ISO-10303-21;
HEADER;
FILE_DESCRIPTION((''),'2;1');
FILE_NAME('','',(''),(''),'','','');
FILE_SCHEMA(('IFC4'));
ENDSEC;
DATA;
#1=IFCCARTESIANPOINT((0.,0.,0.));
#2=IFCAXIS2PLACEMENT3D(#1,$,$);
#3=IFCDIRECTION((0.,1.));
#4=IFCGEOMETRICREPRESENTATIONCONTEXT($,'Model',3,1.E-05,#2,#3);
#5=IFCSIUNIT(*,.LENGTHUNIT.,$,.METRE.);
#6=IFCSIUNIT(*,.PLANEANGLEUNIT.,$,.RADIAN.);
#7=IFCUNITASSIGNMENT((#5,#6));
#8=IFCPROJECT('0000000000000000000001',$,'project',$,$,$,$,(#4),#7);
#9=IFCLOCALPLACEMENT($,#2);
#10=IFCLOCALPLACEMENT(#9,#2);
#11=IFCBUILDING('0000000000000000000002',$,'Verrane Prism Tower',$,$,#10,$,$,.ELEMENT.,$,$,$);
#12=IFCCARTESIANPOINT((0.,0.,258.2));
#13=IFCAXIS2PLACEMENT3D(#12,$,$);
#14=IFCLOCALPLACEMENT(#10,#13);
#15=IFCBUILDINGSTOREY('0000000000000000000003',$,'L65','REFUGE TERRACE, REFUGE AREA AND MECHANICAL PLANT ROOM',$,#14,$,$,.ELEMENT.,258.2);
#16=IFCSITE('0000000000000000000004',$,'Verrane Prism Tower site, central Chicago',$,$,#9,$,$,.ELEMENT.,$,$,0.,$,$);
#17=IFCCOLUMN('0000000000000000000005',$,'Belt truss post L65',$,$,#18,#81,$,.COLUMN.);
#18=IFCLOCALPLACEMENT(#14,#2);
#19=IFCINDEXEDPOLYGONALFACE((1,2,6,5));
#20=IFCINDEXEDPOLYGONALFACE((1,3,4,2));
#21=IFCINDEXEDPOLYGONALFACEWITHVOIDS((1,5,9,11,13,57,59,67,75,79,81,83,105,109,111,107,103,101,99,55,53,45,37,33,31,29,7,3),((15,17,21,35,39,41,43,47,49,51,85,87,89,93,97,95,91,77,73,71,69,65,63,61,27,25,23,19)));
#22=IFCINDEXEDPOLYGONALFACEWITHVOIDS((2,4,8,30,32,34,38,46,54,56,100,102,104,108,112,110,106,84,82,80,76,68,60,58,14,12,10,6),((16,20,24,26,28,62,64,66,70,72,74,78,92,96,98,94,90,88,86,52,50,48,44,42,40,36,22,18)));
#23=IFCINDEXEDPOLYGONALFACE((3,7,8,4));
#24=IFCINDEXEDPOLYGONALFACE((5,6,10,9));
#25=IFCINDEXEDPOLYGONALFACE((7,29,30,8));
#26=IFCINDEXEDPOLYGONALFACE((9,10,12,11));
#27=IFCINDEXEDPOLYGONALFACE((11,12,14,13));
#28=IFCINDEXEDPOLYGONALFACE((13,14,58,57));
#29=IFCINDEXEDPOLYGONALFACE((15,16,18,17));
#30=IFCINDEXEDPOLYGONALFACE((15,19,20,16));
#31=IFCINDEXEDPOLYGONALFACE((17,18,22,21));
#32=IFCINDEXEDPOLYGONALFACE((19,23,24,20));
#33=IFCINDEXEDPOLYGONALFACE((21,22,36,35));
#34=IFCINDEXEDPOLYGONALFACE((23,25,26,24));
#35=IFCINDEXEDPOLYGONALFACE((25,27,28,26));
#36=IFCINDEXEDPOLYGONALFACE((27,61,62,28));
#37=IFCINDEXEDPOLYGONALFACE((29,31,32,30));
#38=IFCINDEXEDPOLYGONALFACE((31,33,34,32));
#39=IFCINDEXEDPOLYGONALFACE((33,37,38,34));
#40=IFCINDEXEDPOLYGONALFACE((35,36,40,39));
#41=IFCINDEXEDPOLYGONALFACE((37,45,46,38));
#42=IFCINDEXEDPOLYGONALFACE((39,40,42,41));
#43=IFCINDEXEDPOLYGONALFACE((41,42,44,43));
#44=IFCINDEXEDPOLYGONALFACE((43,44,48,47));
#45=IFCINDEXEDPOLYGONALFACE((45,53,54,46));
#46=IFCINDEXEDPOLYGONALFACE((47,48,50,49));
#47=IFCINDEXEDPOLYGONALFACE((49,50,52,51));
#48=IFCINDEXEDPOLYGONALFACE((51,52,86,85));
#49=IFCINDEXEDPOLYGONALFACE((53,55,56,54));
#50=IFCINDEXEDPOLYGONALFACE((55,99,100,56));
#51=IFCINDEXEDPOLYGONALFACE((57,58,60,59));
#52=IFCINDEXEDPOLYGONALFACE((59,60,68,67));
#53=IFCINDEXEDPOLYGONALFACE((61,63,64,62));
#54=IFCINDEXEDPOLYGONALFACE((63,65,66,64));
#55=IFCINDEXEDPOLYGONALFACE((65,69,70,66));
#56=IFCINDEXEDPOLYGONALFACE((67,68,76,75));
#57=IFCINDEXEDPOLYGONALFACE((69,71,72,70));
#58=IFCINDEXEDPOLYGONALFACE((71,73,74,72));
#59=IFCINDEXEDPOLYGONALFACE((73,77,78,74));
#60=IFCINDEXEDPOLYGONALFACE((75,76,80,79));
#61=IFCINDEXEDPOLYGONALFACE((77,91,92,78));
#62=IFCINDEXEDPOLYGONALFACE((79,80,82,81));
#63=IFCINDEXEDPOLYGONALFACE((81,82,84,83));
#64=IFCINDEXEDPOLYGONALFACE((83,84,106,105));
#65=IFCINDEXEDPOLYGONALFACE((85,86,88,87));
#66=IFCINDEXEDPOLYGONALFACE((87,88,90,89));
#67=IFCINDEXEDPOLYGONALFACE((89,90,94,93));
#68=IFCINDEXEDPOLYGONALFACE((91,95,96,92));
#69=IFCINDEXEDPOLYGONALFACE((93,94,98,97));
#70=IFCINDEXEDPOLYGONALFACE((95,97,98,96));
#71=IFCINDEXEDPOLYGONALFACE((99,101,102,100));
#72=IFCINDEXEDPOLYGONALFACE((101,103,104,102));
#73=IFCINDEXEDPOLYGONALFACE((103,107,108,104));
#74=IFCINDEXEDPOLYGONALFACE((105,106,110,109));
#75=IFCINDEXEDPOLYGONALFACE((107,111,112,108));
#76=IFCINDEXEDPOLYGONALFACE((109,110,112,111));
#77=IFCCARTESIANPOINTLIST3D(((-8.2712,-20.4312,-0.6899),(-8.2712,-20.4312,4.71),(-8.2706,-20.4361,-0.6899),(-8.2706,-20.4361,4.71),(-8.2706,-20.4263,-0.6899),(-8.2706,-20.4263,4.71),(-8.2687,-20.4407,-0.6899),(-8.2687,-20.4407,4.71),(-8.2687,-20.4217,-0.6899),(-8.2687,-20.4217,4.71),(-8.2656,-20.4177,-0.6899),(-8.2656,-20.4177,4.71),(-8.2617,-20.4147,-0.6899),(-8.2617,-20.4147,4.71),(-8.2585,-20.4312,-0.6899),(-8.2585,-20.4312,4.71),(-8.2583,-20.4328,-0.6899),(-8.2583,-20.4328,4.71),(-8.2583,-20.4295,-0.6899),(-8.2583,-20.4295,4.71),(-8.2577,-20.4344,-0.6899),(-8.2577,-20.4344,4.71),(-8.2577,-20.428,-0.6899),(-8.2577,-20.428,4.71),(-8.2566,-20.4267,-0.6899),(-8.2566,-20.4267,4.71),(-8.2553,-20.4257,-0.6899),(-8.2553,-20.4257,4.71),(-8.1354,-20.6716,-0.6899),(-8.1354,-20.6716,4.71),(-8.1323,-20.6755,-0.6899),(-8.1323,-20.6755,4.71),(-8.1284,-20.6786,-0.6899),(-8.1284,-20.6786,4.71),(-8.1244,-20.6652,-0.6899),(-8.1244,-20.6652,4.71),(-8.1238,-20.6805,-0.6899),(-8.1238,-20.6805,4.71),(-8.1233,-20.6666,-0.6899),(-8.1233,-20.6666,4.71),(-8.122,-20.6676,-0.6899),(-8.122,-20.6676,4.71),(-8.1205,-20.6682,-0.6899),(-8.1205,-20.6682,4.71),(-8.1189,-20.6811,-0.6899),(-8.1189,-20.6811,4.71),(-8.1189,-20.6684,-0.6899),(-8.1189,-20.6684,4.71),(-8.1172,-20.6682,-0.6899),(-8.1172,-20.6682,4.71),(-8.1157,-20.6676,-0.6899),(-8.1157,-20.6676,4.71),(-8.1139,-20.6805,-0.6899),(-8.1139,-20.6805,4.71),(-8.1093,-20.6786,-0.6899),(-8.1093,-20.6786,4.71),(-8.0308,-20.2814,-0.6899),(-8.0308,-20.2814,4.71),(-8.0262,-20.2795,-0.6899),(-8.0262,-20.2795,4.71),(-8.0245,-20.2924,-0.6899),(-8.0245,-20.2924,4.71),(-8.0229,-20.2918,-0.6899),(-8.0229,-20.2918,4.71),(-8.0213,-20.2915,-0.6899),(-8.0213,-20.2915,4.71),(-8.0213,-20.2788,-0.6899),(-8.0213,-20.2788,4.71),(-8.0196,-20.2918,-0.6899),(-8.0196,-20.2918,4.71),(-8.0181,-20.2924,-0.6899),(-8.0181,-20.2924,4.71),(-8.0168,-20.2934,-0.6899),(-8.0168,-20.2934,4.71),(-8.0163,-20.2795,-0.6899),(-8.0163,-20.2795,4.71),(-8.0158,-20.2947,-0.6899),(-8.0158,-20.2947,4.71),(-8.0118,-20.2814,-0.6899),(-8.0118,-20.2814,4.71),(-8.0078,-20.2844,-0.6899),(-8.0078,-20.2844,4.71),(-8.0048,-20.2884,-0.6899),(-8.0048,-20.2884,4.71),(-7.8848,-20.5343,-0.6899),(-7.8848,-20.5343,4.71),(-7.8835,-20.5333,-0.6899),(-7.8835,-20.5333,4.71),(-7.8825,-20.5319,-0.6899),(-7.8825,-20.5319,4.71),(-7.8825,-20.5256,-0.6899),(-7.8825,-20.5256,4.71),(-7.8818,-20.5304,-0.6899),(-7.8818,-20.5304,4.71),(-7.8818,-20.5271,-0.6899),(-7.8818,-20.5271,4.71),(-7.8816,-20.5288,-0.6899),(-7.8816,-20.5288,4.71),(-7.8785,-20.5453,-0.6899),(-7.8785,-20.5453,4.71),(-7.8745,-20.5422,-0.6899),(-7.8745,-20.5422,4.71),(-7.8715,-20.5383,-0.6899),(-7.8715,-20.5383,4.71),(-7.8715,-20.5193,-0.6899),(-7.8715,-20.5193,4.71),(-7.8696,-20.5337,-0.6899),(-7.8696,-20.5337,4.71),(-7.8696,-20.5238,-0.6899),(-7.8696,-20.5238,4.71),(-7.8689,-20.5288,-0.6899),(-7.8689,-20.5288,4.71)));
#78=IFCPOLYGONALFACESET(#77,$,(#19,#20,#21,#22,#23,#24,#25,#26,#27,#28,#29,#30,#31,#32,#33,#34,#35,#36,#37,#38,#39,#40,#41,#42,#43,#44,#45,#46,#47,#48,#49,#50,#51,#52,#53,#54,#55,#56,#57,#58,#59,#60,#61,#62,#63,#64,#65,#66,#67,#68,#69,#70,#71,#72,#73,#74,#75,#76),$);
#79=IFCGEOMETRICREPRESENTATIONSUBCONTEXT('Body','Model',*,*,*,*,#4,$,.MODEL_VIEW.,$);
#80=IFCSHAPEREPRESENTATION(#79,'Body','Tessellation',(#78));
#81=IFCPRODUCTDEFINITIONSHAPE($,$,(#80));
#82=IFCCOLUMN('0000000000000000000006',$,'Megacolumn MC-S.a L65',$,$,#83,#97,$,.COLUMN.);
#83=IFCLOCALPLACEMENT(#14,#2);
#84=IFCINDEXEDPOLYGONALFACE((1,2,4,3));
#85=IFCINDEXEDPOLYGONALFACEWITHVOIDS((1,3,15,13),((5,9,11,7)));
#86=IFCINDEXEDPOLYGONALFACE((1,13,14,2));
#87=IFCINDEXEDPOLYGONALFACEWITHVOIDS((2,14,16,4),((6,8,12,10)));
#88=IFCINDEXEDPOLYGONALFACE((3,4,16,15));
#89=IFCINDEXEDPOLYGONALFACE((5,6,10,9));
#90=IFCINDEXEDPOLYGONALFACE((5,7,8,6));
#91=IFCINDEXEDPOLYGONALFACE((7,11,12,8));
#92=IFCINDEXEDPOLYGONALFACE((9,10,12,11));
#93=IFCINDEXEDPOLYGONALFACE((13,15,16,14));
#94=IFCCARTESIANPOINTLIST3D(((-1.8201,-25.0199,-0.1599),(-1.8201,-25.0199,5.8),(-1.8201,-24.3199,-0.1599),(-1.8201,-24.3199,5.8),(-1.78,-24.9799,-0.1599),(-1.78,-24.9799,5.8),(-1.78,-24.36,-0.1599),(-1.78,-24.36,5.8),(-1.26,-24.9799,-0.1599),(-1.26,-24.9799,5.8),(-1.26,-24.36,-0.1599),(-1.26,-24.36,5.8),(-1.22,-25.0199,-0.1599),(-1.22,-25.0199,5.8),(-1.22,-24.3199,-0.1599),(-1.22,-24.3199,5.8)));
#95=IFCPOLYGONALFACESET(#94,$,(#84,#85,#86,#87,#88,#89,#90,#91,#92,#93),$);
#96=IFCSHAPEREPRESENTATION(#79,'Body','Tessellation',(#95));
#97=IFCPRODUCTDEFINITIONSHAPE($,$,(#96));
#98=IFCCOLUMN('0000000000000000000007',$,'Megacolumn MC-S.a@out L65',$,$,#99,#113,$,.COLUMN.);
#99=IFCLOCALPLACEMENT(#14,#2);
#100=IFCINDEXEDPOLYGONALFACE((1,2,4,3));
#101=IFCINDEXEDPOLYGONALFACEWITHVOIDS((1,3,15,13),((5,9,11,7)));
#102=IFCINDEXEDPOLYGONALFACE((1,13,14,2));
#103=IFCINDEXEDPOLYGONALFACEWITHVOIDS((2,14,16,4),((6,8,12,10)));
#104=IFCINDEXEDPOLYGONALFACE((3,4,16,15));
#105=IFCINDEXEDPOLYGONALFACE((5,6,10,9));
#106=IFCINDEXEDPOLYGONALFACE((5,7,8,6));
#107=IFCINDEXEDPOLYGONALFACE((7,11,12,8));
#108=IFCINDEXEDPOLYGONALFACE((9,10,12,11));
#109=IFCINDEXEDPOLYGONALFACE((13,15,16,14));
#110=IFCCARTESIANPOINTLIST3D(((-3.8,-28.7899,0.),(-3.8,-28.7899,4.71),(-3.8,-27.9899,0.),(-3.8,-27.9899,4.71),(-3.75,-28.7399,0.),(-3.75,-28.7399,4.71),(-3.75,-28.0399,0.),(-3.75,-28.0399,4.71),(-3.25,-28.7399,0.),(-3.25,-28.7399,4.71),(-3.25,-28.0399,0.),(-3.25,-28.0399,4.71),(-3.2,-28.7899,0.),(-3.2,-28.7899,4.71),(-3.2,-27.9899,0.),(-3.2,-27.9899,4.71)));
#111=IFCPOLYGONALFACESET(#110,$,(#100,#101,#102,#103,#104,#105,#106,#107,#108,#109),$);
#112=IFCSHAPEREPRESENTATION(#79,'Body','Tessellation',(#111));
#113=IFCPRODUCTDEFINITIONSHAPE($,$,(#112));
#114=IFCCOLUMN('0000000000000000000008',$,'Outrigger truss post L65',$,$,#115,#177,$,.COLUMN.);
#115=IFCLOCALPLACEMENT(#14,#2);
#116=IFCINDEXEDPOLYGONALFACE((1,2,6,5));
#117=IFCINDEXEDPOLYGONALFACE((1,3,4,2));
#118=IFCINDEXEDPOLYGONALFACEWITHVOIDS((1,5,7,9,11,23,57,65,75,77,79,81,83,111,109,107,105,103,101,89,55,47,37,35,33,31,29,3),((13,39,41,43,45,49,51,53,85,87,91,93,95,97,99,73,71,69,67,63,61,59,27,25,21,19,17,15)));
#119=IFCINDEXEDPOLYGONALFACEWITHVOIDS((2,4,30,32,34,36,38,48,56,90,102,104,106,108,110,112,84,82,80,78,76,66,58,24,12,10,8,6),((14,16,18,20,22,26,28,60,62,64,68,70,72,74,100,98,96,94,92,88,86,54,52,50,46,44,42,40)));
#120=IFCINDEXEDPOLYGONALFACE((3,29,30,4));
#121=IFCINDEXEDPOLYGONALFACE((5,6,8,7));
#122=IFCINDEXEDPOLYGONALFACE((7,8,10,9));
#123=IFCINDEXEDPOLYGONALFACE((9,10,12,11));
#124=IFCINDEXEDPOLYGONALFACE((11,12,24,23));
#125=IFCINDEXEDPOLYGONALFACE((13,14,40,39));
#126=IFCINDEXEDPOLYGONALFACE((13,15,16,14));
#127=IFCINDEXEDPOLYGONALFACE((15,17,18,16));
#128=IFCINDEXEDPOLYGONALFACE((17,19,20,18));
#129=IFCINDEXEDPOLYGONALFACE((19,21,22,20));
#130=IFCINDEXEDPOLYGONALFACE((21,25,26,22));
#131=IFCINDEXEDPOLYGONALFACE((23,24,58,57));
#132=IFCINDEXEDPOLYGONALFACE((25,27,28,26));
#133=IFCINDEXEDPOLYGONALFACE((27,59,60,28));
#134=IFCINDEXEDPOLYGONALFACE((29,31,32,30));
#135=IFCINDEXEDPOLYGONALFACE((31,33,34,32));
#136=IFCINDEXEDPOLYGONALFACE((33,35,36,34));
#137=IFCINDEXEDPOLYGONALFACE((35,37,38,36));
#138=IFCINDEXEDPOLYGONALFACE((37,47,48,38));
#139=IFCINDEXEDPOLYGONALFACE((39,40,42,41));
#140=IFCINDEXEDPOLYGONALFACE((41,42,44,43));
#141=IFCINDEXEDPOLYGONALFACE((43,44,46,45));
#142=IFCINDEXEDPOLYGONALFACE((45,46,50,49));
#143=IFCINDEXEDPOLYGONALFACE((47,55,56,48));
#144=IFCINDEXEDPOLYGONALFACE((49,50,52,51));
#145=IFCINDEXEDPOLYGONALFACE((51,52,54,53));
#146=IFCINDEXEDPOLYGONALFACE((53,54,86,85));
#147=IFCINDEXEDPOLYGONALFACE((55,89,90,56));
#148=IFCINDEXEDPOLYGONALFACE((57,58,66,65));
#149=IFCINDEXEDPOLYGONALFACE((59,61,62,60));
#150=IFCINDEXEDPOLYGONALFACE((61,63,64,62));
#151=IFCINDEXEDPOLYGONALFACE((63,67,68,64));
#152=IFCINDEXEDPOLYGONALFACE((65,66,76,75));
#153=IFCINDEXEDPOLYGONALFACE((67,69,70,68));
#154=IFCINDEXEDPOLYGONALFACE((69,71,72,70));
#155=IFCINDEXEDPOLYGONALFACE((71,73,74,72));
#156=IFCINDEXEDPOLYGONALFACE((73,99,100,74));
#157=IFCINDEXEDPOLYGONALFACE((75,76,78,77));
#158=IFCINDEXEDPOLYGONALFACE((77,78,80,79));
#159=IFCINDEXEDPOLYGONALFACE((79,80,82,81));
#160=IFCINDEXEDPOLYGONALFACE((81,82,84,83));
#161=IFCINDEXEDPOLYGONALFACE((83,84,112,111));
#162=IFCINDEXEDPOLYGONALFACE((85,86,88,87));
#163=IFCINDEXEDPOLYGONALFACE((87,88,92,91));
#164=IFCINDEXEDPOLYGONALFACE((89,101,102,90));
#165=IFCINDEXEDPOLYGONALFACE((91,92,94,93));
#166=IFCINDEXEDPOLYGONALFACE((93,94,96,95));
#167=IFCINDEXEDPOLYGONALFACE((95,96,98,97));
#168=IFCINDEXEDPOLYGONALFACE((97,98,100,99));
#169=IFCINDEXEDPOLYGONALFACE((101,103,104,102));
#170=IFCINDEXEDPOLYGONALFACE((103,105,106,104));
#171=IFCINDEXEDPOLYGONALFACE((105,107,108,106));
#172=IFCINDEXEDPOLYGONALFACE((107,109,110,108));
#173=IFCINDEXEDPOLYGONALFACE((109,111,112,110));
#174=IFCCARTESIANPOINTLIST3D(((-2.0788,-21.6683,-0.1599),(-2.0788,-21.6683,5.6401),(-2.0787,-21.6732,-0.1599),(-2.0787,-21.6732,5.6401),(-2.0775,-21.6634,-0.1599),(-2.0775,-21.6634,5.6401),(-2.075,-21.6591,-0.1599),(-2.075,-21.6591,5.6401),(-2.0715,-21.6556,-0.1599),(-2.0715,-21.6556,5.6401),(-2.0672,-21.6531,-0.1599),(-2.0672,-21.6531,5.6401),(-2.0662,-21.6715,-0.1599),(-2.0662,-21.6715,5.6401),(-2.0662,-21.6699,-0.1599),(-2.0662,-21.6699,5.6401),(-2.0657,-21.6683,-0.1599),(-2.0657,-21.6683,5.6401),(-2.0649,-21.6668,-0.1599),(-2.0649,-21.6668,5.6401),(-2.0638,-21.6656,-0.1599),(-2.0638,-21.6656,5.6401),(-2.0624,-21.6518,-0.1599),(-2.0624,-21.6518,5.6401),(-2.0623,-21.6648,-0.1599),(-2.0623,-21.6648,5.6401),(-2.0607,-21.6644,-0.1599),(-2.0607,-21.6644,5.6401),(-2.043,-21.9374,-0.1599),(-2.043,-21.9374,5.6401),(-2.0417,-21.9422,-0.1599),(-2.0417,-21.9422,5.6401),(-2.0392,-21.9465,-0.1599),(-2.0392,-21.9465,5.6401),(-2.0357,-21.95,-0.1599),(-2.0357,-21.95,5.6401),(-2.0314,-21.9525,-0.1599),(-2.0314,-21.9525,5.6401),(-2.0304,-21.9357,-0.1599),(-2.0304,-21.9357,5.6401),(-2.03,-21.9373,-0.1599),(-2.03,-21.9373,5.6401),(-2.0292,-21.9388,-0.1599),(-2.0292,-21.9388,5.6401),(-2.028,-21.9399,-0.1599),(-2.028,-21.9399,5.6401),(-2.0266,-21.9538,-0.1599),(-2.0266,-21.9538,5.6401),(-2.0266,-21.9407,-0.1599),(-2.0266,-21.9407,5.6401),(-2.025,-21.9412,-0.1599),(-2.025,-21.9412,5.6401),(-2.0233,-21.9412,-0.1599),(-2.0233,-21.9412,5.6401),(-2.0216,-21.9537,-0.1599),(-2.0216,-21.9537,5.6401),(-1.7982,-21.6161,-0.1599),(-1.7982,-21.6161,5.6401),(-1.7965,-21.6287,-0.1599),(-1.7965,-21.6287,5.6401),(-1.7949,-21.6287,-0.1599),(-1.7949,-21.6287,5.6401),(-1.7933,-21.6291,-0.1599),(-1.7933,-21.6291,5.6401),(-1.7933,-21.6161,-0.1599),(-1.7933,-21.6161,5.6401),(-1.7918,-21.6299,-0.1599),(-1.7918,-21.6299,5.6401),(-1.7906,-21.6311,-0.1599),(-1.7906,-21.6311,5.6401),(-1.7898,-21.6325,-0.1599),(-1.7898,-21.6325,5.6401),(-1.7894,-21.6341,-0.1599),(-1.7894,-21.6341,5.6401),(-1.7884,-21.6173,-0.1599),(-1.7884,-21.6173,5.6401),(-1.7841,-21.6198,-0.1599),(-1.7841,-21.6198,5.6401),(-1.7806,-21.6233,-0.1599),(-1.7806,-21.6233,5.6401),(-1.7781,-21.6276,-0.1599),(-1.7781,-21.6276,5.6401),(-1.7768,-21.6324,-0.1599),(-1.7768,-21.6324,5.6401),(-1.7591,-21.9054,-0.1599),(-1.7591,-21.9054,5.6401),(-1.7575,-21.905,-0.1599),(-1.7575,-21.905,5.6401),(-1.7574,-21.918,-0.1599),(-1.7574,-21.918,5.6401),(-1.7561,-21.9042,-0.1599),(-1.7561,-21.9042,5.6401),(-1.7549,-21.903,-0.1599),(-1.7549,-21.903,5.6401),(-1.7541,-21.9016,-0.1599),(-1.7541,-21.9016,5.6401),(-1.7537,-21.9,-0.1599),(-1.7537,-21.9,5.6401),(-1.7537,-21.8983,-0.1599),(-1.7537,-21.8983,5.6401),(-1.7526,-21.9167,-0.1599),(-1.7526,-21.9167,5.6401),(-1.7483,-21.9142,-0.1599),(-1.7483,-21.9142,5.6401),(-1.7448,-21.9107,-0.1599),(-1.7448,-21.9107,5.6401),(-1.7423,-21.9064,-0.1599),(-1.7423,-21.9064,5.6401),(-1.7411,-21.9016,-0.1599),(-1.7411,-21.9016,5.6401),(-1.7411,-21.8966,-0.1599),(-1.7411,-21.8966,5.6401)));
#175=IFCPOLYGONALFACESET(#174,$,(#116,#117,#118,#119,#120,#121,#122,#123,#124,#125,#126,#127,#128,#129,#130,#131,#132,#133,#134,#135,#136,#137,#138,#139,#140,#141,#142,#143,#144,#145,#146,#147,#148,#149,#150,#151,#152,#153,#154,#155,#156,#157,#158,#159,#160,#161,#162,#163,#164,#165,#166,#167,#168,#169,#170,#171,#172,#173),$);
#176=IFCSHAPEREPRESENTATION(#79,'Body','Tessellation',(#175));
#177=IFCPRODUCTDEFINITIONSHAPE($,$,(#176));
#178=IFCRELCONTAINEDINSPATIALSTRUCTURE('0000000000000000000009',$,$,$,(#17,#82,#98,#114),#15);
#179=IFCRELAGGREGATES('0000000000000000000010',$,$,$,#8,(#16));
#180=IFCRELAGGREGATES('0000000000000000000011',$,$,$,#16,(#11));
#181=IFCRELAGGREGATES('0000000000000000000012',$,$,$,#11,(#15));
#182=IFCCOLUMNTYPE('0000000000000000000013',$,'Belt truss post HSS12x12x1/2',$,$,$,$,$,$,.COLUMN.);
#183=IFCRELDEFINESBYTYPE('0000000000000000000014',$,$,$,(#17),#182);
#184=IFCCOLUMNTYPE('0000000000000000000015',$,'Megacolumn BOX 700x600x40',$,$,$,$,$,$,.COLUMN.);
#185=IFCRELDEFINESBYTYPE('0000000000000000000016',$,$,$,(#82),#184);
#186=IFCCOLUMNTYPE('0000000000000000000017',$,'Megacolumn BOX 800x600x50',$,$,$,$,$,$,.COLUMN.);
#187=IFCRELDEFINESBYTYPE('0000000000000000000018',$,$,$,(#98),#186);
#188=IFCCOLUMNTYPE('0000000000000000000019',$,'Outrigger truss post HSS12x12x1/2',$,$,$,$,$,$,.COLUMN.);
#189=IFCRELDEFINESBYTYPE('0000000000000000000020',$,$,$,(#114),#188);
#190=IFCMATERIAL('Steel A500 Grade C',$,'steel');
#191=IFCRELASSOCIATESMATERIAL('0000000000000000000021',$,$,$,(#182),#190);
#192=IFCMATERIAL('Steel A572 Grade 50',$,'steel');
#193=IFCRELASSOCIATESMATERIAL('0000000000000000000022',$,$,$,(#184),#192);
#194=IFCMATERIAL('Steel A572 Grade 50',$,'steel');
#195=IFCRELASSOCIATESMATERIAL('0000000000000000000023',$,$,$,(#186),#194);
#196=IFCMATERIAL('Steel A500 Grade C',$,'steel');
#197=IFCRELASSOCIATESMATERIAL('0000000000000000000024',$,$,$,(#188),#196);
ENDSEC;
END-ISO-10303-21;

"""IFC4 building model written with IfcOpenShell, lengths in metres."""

from ifc_helpers import new_model, si_unit, direction, frame, origin, origin_2d, place, context, subcontext, project, spatial, hollow_rectangle, extrude, material, material_profile, profile_set, type_object, element, save


model = new_model("IFC4")

# Units and contexts
model_context = context("Model", 3, precision=1e-05, world=origin(), true_north=direction((0.0, 1.0)))
body_context = subcontext(model_context, "Body", "Model", "MODEL_VIEW")
ifc_project = project(units=[si_unit("LENGTHUNIT", "METRE"), si_unit("PLANEANGLEUNIT", "RADIAN")], contexts=[model_context])

# Site, building, storey
site_placement = place(None, origin())
site = spatial("IfcSite", under=ifc_project, at=site_placement, Name="Verrane Prism Tower site, central Chicago", CompositionType="ELEMENT", RefElevation=0.0)
building_placement = place(site_placement, origin())
building = spatial("IfcBuilding", under=site, at=building_placement, Name="Verrane Prism Tower", CompositionType="ELEMENT")
storey_placement = place(building_placement, frame((0.0, 0.0, 258.2)))
storey = spatial("IfcBuildingStorey", under=building, at=storey_placement, Name="L65", Description="REFUGE TERRACE, REFUGE AREA AND MECHANICAL PLANT ROOM", CompositionType="ELEMENT", Elevation=258.2)

# Columns
ifc_material_1 = material(Name="Steel A500 Grade C", Category="steel")
ifc_material_profile_1 = material_profile(ifc_material_1, hollow_rectangle(XDim=0.3047, YDim=0.3047, WallThickness=0.0127, InnerFilletRadius=0.0063, OuterFilletRadius=0.019, at=origin_2d()), Name="HSS12x12x1/2")
ifc_profile_set_1 = profile_set([ifc_material_profile_1], Name="Steel A500 Grade C")
column_type_1 = type_object("IfcColumnType", Name="Belt truss post HSS12x12x1/2", PredefinedType="COLUMN", material=ifc_profile_set_1)
column_1_placement = place(storey_placement, frame((-8.0701, -20.48, -0.6899), z_axis=(0.0, 0.0, 1.0), x_axis=(-0.5, 0.866025, 0.0)))
element("IfcColumn", 1, at=column_1_placement, inside=storey, type_object=column_type_1, Name="Belt truss post L65", PredefinedType="COLUMN", context=body_context, shape_type="SweptSolid", body=[
    extrude(hollow_rectangle(XDim=0.3047, YDim=0.3047, WallThickness=0.0127, InnerFilletRadius=0.0063, OuterFilletRadius=0.019, at=origin_2d()), origin(), (0.0, 0.0, 1.0), 5.3999),
])
ifc_material_2 = material(Name="Steel A572 Grade 50", Category="steel")
ifc_material_profile_2 = material_profile(ifc_material_2, hollow_rectangle(XDim=0.6001, YDim=0.7, WallThickness=0.04, at=origin_2d()), Name="BOX 700x600x40")
ifc_profile_set_2 = profile_set([ifc_material_profile_2], Name="Steel A572 Grade 50")
column_type_2 = type_object("IfcColumnType", Name="Megacolumn BOX 700x600x40", PredefinedType="COLUMN", material=ifc_profile_set_2)
column_2_placement = place(storey_placement, frame((-1.52, -24.6699, -0.1599), z_axis=(0.0, 0.0, 1.0), x_axis=(-1.0, 0.0, 0.0)))
element("IfcColumn", 2, at=column_2_placement, inside=storey, type_object=column_type_2, Name="Megacolumn MC-S.a L65", PredefinedType="COLUMN", context=body_context, shape_type="SweptSolid", body=[
    extrude(hollow_rectangle(XDim=0.6001, YDim=0.7, WallThickness=0.04, at=origin_2d()), origin(), (0.0, 0.0, 1.0), 5.96),
])
ifc_material_3 = material(Name="Steel A572 Grade 50", Category="steel")
ifc_material_profile_3 = material_profile(ifc_material_3, hollow_rectangle(XDim=0.6001, YDim=0.8, WallThickness=0.05, at=origin_2d()), Name="BOX 800x600x50")
ifc_profile_set_3 = profile_set([ifc_material_profile_3], Name="Steel A572 Grade 50")
column_type_3 = type_object("IfcColumnType", Name="Megacolumn BOX 800x600x50", PredefinedType="COLUMN", material=ifc_profile_set_3)
column_3_placement = place(storey_placement, frame((-3.5, -28.3899, 0.0), z_axis=(0.0, 0.0, 1.0), x_axis=(-1.0, 0.0, 0.0)))
element("IfcColumn", 3, at=column_3_placement, inside=storey, type_object=column_type_3, Name="Megacolumn MC-S.a@out L65", PredefinedType="COLUMN", context=body_context, shape_type="SweptSolid", body=[
    extrude(hollow_rectangle(XDim=0.6001, YDim=0.8, WallThickness=0.05, at=origin_2d()), origin(), (0.0, 0.0, 1.0), 4.71),
])
ifc_material_4 = material(Name="Steel A500 Grade C", Category="steel")
ifc_material_profile_4 = material_profile(ifc_material_4, hollow_rectangle(XDim=0.3047, YDim=0.3047, WallThickness=0.0127, InnerFilletRadius=0.0063, OuterFilletRadius=0.019, at=origin_2d()), Name="HSS12x12x1/2")
ifc_profile_set_4 = profile_set([ifc_material_profile_4], Name="Steel A500 Grade C")
column_type_4 = type_object("IfcColumnType", Name="Outrigger truss post HSS12x12x1/2", PredefinedType="COLUMN", material=ifc_profile_set_4)
column_4_placement = place(storey_placement, frame((-1.9099, -21.7849, -0.1599), z_axis=(0.0, 0.0, 1.0), x_axis=(0.990986, 0.133964, 0.0)))
element("IfcColumn", 4, at=column_4_placement, inside=storey, type_object=column_type_4, Name="Outrigger truss post L65", PredefinedType="COLUMN", context=body_context, shape_type="SweptSolid", body=[
    extrude(hollow_rectangle(XDim=0.3047, YDim=0.3047, WallThickness=0.0127, InnerFilletRadius=0.0063, OuterFilletRadius=0.019, at=origin_2d()), origin(), (0.0, 0.0, 1.0), 5.8),
])

save(model, "model.ifc")
